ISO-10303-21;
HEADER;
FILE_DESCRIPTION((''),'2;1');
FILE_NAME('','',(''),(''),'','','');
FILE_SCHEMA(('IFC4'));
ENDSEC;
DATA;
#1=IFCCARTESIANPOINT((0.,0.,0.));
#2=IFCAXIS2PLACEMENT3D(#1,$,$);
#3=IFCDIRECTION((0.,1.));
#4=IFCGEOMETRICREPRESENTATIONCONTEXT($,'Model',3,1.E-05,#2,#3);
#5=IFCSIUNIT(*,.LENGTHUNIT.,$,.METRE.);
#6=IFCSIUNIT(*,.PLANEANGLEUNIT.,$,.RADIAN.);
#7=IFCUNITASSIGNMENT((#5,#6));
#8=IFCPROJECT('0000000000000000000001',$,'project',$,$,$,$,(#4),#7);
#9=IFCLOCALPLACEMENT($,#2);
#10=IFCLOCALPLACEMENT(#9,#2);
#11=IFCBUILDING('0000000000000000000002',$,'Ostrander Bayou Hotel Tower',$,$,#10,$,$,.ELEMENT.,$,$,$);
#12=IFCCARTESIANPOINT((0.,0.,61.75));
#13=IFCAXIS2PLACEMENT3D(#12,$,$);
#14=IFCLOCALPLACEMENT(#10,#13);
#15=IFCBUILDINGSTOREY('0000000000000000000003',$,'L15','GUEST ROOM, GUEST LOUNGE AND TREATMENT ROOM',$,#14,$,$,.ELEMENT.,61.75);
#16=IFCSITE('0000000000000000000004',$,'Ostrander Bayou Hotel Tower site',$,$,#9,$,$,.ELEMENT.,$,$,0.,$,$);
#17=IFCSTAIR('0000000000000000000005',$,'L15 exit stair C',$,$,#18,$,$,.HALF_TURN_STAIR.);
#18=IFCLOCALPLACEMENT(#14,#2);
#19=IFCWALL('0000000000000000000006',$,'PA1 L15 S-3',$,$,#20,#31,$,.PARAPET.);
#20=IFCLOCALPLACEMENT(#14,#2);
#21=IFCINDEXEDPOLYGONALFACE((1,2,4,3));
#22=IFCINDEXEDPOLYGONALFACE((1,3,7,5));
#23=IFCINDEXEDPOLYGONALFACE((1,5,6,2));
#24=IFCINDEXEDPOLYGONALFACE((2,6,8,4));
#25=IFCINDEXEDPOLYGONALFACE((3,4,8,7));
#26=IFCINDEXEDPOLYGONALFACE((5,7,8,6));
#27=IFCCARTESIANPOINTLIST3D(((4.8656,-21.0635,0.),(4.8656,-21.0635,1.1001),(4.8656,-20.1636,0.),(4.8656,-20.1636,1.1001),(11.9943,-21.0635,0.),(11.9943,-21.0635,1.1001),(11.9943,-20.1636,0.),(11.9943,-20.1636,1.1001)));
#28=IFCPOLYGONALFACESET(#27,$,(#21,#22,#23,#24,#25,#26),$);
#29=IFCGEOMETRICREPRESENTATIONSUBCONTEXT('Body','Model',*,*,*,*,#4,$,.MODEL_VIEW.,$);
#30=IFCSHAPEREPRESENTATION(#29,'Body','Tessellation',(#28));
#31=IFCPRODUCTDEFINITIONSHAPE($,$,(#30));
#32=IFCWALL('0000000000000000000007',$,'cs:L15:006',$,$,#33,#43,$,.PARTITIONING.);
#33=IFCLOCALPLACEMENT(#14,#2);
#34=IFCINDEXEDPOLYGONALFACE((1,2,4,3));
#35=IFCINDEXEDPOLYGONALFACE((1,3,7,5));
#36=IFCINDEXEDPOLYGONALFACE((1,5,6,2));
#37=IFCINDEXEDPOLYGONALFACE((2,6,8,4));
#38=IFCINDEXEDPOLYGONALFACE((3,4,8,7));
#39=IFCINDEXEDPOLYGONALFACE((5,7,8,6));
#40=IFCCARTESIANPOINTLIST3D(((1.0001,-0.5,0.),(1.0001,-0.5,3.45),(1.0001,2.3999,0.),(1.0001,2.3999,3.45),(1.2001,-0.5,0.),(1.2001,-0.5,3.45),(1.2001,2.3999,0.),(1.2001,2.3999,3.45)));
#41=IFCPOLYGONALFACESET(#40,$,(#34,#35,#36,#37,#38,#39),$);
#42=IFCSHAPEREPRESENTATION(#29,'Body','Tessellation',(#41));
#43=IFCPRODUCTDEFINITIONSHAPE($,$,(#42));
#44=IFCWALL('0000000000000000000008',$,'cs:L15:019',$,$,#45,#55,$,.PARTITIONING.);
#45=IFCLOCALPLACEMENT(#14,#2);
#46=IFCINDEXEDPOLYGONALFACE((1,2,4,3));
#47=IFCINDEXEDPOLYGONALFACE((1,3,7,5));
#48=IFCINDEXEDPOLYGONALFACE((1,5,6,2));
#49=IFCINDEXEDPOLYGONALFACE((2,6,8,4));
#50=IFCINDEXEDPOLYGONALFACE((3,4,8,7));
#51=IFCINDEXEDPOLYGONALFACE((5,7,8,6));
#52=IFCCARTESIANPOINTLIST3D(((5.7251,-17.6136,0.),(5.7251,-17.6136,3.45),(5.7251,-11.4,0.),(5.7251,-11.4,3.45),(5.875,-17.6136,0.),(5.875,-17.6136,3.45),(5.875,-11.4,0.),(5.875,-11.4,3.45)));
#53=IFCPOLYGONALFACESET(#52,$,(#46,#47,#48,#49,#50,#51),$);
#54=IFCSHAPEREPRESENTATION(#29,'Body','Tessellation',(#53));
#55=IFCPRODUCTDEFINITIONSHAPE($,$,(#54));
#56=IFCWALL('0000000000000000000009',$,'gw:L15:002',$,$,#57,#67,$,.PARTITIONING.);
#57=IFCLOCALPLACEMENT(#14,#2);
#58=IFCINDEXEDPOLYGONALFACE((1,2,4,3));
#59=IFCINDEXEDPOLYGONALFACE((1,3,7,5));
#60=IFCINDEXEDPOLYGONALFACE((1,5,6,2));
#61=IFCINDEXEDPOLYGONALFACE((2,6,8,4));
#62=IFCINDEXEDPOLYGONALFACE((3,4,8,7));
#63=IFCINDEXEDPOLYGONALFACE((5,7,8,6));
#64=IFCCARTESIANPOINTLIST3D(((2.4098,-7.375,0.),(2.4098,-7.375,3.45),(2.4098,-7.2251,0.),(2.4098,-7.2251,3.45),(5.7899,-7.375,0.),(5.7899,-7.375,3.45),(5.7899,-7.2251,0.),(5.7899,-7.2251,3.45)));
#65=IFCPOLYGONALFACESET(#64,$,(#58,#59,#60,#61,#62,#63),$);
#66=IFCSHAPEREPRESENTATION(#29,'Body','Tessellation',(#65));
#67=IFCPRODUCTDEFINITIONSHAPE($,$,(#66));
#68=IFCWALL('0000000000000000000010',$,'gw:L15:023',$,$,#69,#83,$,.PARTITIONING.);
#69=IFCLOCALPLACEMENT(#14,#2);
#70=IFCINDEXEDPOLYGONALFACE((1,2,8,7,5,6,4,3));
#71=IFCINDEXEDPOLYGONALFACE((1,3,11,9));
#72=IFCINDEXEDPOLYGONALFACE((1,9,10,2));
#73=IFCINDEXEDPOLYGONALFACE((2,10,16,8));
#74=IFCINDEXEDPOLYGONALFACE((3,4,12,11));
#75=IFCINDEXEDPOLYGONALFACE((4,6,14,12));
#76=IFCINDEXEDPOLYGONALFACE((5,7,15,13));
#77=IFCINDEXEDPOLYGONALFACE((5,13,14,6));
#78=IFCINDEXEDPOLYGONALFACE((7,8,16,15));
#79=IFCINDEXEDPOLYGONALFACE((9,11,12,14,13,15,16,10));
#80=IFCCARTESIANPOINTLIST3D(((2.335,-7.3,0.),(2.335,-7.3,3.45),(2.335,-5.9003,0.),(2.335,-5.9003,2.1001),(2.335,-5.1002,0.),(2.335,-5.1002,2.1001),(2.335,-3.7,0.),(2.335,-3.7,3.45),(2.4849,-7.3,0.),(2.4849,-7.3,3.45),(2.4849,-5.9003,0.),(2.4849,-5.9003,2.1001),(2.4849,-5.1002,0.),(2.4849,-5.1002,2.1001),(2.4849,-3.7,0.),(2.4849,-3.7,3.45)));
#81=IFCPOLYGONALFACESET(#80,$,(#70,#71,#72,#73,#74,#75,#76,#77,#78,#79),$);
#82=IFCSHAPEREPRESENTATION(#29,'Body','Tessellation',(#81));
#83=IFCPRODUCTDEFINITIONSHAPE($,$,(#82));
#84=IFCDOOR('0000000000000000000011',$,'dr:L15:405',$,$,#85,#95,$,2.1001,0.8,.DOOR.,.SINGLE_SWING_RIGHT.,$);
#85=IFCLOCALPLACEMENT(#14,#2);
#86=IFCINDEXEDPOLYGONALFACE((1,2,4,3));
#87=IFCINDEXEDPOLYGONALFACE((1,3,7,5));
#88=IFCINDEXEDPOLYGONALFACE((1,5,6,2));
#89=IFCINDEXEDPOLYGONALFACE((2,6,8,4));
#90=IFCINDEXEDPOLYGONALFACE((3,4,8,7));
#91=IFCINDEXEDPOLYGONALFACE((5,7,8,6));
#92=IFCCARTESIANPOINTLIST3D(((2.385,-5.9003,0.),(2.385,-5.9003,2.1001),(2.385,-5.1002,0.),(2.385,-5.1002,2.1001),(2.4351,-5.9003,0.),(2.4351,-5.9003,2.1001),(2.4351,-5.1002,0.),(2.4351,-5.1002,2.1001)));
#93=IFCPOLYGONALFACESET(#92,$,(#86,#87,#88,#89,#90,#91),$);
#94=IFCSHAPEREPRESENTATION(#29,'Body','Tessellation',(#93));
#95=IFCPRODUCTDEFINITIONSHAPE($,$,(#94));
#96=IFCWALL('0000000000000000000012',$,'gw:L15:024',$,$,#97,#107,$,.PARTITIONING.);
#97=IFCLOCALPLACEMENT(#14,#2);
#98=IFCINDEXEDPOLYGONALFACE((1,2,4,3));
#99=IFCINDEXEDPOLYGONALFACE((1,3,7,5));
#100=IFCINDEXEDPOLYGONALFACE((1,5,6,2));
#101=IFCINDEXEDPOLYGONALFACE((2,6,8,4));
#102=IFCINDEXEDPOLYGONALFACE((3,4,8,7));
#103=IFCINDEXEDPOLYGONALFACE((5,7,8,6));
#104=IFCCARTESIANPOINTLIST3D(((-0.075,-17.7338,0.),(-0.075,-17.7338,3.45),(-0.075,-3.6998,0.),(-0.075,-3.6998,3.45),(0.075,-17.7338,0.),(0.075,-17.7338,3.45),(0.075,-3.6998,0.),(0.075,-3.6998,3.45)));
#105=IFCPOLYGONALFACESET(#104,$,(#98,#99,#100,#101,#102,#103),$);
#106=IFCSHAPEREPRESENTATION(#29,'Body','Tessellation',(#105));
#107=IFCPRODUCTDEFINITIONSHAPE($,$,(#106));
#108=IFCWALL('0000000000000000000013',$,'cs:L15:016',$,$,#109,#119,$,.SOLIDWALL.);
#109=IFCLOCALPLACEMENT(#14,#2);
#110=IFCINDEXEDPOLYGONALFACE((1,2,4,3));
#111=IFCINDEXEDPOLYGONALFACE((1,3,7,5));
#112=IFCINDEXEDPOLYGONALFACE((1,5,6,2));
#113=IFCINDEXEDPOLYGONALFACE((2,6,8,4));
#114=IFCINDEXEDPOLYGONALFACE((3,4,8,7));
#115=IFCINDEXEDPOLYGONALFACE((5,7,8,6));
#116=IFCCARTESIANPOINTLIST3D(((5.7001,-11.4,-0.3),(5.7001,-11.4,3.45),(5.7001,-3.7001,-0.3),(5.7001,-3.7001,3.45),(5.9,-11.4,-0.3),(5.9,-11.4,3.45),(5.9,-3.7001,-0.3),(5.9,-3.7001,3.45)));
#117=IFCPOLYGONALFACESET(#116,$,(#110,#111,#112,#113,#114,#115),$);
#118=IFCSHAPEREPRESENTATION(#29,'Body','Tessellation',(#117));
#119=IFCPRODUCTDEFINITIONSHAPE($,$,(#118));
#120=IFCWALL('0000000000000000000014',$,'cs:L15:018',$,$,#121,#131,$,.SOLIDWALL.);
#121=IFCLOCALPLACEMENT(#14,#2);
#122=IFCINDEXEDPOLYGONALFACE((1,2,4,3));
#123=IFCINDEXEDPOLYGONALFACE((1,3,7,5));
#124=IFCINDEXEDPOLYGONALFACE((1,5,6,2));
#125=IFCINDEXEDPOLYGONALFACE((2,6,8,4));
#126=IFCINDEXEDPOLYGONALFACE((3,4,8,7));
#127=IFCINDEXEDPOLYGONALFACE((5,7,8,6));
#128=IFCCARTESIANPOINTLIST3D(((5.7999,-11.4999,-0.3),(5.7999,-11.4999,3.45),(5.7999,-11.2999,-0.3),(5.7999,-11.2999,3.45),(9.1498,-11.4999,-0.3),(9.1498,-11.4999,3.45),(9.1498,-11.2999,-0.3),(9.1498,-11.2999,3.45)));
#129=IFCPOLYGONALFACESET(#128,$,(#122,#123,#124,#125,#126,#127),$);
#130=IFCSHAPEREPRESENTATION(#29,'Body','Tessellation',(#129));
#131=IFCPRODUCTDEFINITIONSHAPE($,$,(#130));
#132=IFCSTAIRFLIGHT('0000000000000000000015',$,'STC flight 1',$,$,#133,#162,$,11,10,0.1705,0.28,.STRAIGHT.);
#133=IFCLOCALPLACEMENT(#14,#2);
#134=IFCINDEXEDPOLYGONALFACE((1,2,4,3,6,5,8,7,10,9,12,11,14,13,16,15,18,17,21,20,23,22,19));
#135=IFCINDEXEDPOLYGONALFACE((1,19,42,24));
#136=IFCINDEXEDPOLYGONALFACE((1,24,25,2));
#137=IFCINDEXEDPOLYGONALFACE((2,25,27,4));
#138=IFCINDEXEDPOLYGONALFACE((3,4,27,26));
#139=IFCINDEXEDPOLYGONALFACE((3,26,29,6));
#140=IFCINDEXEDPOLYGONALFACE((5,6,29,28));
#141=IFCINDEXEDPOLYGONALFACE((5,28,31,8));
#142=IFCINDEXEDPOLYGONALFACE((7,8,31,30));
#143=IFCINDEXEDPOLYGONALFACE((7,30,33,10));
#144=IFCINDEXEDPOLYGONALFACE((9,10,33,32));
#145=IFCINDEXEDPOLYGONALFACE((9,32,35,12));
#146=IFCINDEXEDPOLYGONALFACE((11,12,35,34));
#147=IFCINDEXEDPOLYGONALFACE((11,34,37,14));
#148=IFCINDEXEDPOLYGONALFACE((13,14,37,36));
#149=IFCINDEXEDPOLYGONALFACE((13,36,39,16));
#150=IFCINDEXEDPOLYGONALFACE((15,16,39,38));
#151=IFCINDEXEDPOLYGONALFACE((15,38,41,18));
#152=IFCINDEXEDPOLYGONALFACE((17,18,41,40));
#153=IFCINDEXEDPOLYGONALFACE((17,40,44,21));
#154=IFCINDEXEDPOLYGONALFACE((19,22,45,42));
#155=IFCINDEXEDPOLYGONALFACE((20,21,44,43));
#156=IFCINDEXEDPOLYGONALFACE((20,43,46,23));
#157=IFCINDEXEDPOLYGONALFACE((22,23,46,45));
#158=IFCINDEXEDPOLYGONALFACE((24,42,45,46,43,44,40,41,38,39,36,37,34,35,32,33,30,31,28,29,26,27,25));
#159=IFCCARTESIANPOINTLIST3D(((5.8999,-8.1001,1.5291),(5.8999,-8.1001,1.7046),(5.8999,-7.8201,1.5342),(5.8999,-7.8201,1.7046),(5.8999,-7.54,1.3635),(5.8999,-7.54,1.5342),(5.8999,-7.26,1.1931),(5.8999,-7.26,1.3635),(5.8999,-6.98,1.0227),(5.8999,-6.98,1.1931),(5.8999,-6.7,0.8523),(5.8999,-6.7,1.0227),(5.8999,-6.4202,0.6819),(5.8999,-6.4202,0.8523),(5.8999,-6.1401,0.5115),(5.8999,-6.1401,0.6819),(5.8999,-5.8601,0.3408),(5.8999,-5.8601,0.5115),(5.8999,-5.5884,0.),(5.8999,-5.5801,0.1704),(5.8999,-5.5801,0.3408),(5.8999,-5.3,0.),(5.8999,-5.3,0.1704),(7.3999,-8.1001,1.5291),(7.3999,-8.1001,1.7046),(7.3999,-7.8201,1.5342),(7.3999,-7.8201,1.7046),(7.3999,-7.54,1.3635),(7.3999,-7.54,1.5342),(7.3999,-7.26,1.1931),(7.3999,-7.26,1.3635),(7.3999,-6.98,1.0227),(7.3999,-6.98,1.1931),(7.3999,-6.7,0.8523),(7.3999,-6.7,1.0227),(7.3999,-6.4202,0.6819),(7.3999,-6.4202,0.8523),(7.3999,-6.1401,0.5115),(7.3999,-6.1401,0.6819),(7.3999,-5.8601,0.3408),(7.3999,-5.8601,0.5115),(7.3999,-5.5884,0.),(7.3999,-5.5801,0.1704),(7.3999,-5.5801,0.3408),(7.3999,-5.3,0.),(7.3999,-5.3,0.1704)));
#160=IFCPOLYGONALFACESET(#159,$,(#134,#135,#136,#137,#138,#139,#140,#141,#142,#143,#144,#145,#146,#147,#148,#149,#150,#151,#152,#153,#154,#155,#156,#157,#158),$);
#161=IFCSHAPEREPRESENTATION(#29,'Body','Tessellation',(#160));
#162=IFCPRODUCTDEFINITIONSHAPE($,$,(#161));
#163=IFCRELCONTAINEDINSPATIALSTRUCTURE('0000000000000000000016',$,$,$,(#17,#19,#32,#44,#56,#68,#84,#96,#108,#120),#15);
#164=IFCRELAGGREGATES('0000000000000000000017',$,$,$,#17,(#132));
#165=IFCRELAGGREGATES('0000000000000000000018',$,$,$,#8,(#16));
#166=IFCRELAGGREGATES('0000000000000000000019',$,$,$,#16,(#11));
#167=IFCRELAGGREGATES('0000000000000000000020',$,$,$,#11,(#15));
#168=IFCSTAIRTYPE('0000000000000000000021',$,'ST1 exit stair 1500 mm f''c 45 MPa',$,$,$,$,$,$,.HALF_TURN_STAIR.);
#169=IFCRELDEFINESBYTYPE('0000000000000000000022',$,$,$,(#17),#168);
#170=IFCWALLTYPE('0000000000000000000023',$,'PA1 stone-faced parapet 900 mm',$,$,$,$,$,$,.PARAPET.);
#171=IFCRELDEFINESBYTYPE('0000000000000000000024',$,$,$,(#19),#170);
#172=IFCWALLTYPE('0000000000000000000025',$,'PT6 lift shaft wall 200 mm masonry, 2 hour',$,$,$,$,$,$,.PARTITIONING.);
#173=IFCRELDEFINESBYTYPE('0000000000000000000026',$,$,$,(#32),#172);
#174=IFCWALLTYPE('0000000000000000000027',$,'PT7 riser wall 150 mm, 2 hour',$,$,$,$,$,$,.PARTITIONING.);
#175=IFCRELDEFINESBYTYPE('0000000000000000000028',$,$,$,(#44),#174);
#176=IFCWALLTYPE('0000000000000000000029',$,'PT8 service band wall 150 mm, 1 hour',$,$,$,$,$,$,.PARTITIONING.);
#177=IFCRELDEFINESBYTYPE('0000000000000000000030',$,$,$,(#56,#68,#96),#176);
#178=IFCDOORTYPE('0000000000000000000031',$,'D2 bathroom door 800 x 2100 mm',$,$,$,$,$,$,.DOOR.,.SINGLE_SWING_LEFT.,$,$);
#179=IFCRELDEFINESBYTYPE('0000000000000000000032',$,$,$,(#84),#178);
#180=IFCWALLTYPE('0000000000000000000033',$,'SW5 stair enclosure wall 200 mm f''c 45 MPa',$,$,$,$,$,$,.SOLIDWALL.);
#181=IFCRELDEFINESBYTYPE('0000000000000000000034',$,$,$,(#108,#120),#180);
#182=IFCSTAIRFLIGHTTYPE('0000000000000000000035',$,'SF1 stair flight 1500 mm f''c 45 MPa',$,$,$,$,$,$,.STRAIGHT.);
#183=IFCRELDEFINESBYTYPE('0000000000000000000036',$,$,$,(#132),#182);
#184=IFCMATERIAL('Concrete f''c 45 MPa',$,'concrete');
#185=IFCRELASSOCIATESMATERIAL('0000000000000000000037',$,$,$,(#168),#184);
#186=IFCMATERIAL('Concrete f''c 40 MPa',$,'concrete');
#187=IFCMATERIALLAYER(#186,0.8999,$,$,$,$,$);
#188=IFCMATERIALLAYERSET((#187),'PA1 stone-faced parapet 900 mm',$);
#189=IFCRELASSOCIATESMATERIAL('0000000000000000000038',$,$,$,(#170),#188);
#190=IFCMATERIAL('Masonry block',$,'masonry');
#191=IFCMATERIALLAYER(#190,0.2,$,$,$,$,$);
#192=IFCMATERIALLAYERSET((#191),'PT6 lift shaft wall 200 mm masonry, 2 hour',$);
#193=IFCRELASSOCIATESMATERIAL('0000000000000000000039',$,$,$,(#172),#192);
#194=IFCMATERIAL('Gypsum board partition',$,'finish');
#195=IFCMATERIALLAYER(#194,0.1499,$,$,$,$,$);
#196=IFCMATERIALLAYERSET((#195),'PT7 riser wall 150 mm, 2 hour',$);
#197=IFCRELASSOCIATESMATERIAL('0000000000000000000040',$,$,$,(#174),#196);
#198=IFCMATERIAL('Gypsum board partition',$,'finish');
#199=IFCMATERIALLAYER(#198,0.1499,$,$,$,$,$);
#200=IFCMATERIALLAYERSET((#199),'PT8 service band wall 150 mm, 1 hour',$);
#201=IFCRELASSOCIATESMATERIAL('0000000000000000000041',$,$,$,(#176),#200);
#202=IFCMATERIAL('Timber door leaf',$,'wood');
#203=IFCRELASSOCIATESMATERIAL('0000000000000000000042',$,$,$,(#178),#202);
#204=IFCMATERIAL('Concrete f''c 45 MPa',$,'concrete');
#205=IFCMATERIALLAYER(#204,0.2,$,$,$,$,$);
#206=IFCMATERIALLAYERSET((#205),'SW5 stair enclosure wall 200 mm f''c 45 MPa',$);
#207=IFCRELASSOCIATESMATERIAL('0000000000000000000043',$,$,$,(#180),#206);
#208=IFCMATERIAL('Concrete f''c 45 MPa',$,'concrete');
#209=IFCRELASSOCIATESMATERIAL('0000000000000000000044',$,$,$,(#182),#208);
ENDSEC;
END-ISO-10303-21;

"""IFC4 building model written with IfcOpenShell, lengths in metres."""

from ifc_helpers import new_model, si_unit, direction, frame, frame_2d, origin, place, context, subcontext, project, spatial, polyline, rectangle, outline, extrude, material, layer, layer_set, type_object, element, fill, aggregate, save


model = new_model("IFC4")

# Units and contexts
model_context = context("Model", 3, precision=1e-05, world=origin(), true_north=direction((0.0, 1.0)))
body_context = subcontext(model_context, "Body", "Model", "MODEL_VIEW")
ifc_project = project(units=[si_unit("LENGTHUNIT", "METRE"), si_unit("PLANEANGLEUNIT", "RADIAN")], contexts=[model_context])

# Site, building, storey
site_placement = place(None, origin())
site = spatial("IfcSite", under=ifc_project, at=site_placement, Name="Ostrander Bayou Hotel Tower site", CompositionType="ELEMENT", RefElevation=0.0)
building_placement = place(site_placement, origin())
building = spatial("IfcBuilding", under=site, at=building_placement, Name="Ostrander Bayou Hotel Tower", CompositionType="ELEMENT")
storey_placement = place(building_placement, frame((0.0, 0.0, 61.75)))
storey = spatial("IfcBuildingStorey", under=building, at=storey_placement, Name="L15", Description="GUEST ROOM, GUEST LOUNGE AND TREATMENT ROOM", CompositionType="ELEMENT", Elevation=61.75)

# Stair
ifc_material_1 = material(Name="Concrete f'c 45 MPa", Category="concrete")
stair_type = type_object("IfcStairType", Name="ST1 exit stair 1500 mm f'c 45 MPa", PredefinedType="HALF_TURN_STAIR", material=ifc_material_1)
stair_1_placement = place(storey_placement, origin())
stair_1 = element("IfcStair", 1, at=stair_1_placement, inside=storey, type_object=stair_type, Name="L15 exit stair C", PredefinedType="HALF_TURN_STAIR")

# Walls
ifc_material_2 = material(Name="Concrete f'c 40 MPa", Category="concrete")
ifc_layer_1 = layer(ifc_material_2, 0.8999)
ifc_layer_set_1 = layer_set([ifc_layer_1], Name="PA1 stone-faced parapet 900 mm")
wall_type_1 = type_object("IfcWallType", Name="PA1 stone-faced parapet 900 mm", PredefinedType="PARAPET", material=ifc_layer_set_1)
wall_1_placement = place(storey_placement, frame((4.8655, -20.6135, 0.0), z_axis=(0.0, 0.0, 1.0), x_axis=(1.0, 0.0, 0.0)))
element("IfcWall", 2, at=wall_1_placement, inside=storey, type_object=wall_type_1, Name="PA1 L15 S-3", PredefinedType="PARAPET", context=body_context, shape_type="SweptSolid", body=[
    extrude(rectangle(XDim=7.1287, YDim=0.8999, at=frame_2d((3.5645, 0.0))), origin(), (0.0, 0.0, 1.0), 1.1001),
])
ifc_material_3 = material(Name="Masonry block", Category="masonry")
ifc_layer_2 = layer(ifc_material_3, 0.2)
ifc_layer_set_2 = layer_set([ifc_layer_2], Name="PT6 lift shaft wall 200 mm masonry, 2 hour")
wall_type_2 = type_object("IfcWallType", Name="PT6 lift shaft wall 200 mm masonry, 2 hour", PredefinedType="PARTITIONING", material=ifc_layer_set_2)
wall_2_placement = place(storey_placement, frame((1.1001, -0.5, 0.0), z_axis=(0.0, 0.0, 1.0), x_axis=(0.0, 1.0, 0.0)))
element("IfcWall", 3, at=wall_2_placement, inside=storey, type_object=wall_type_2, Name="cs:L15:006", PredefinedType="PARTITIONING", context=body_context, shape_type="SweptSolid", body=[
    extrude(rectangle(XDim=2.8999, YDim=0.2, at=frame_2d((1.45, 0.0))), origin(), (0.0, 0.0, 1.0), 3.45),
])
ifc_material_4 = material(Name="Gypsum board partition", Category="finish")
ifc_layer_3 = layer(ifc_material_4, 0.1499)
ifc_layer_set_3 = layer_set([ifc_layer_3], Name="PT7 riser wall 150 mm, 2 hour")
wall_type_3 = type_object("IfcWallType", Name="PT7 riser wall 150 mm, 2 hour", PredefinedType="PARTITIONING", material=ifc_layer_set_3)
wall_3_placement = place(storey_placement, frame((5.8, -11.3999, 0.0), z_axis=(0.0, 0.0, 1.0), x_axis=(0.0, -1.0, 0.0)))
element("IfcWall", 4, at=wall_3_placement, inside=storey, type_object=wall_type_3, Name="cs:L15:019", PredefinedType="PARTITIONING", context=body_context, shape_type="SweptSolid", body=[
    extrude(rectangle(XDim=6.2136, YDim=0.1499, at=frame_2d((3.1069, 0.0))), origin(), (0.0, 0.0, 1.0), 3.45),
])
ifc_material_5 = material(Name="Gypsum board partition", Category="finish")
ifc_layer_4 = layer(ifc_material_5, 0.1499)
ifc_layer_set_4 = layer_set([ifc_layer_4], Name="PT8 service band wall 150 mm, 1 hour")
wall_type_4 = type_object("IfcWallType", Name="PT8 service band wall 150 mm, 1 hour", PredefinedType="PARTITIONING", material=ifc_layer_set_4)
wall_4_placement = place(storey_placement, frame((2.4099, -7.3, 0.0), z_axis=(0.0, 0.0, 1.0), x_axis=(1.0, 0.0, 0.0)))
element("IfcWall", 5, at=wall_4_placement, inside=storey, type_object=wall_type_4, Name="gw:L15:002", PredefinedType="PARTITIONING", context=body_context, shape_type="SweptSolid", body=[
    extrude(rectangle(XDim=3.3801, YDim=0.1499, at=frame_2d((1.6899, 0.0))), origin(), (0.0, 0.0, 1.0), 3.45),
])

# Wall, opening, door
wall_5_placement = place(storey_placement, frame((2.4099, -7.3, 0.0), z_axis=(0.0, 0.0, 1.0), x_axis=(0.0, 1.0, 0.0)))
wall_5 = element("IfcWall", 6, at=wall_5_placement, inside=storey, type_object=wall_type_4, Name="gw:L15:023", PredefinedType="PARTITIONING", context=body_context, shape_type="SweptSolid", body=[
    extrude(rectangle(XDim=3.6001, YDim=0.1499, at=frame_2d((1.8, 0.0))), origin(), (0.0, 0.0, 1.0), 3.45),
])
opening_1_placement = place(wall_5_placement, frame((1.3999, 0.0, 0.0)))
opening_1 = element("IfcOpeningElement", 7, at=opening_1_placement, cuts=wall_5, PredefinedType="OPENING", context=body_context, shape_type="SweptSolid", body=[
    extrude(rectangle(XDim=0.8, YDim=2.1001, at=frame_2d((0.3999, 1.05))), frame((0.0, 0.075, 0.0), z_axis=(0.0, -1.0, 0.0), x_axis=(1.0, 0.0, 0.0)), (0.0, 0.0, 1.0), 0.1499),
])
ifc_material_6 = material(Name="Timber door leaf", Category="wood")
door_type_1 = type_object("IfcDoorType", Name="D2 bathroom door 800 x 2100 mm", OperationType="SINGLE_SWING_LEFT", PredefinedType="DOOR", material=ifc_material_6)
door_1_placement = place(opening_1_placement, origin())
door_1 = element("IfcDoor", 8, at=door_1_placement, inside=storey, type_object=door_type_1, Name="dr:L15:405", OperationType="SINGLE_SWING_RIGHT", OverallHeight=2.1001, OverallWidth=0.8, PredefinedType="DOOR", context=body_context, shape_type="SweptSolid", body=[
    extrude(rectangle(XDim=0.8, YDim=2.1001, at=frame_2d((0.3999, 1.05))), frame((0.0, 0.0249, 0.0), z_axis=(0.0, -1.0, 0.0), x_axis=(1.0, 0.0, 0.0)), (0.0, 0.0, 1.0), 0.05),
])
fill(opening_1, door_1)

# Wall
wall_6_placement = place(storey_placement, frame((0.0, -17.7339, 0.0), z_axis=(0.0, 0.0, 1.0), x_axis=(0.0, 1.0, 0.0)))
element("IfcWall", 9, at=wall_6_placement, inside=storey, type_object=wall_type_4, Name="gw:L15:024", PredefinedType="PARTITIONING", context=body_context, shape_type="SweptSolid", body=[
    extrude(rectangle(XDim=14.0339, YDim=0.1499, at=frame_2d((7.0171, 0.0))), origin(), (0.0, 0.0, 1.0), 3.45),
])

# Shared definitions
ifc_material_7 = material(Name="Concrete f'c 45 MPa", Category="concrete")
ifc_layer_5 = layer(ifc_material_7, 0.2)
ifc_layer_set_5 = layer_set([ifc_layer_5], Name="SW5 stair enclosure wall 200 mm f'c 45 MPa")
wall_type_5 = type_object("IfcWallType", Name="SW5 stair enclosure wall 200 mm f'c 45 MPa", PredefinedType="SOLIDWALL", material=ifc_layer_set_5)

# Walls
wall_7_placement = place(storey_placement, frame((5.8, -3.7, -0.3), z_axis=(0.0, 0.0, 1.0), x_axis=(0.0, -1.0, 0.0)))
element("IfcWall", 10, at=wall_7_placement, inside=storey, type_object=wall_type_5, Name="cs:L15:016", PredefinedType="SOLIDWALL", context=body_context, shape_type="SweptSolid", body=[
    extrude(rectangle(XDim=7.7, YDim=0.2, at=frame_2d((3.8501, 0.0))), origin(), (0.0, 0.0, 1.0), 3.75),
])
wall_8_placement = place(storey_placement, frame((5.8, -11.3999, -0.3), z_axis=(0.0, 0.0, 1.0), x_axis=(1.0, 0.0, 0.0)))
element("IfcWall", 11, at=wall_8_placement, inside=storey, type_object=wall_type_5, Name="cs:L15:018", PredefinedType="SOLIDWALL", context=body_context, shape_type="SweptSolid", body=[
    extrude(rectangle(XDim=3.3499, YDim=0.2, at=frame_2d((1.6748, 0.0))), origin(), (0.0, 0.0, 1.0), 3.75),
])

# Stair flight
ifc_material_8 = material(Name="Concrete f'c 45 MPa", Category="concrete")
stair_flight_type = type_object("IfcStairFlightType", Name="SF1 stair flight 1500 mm f'c 45 MPa", PredefinedType="STRAIGHT", material=ifc_material_8)
stair_flight_placement = place(storey_placement, frame((6.6499, -5.3, 0.0), z_axis=(0.0, 0.0, 1.0), x_axis=(0.0, -1.0, 0.0)))
stair_flight = element("IfcStairFlight", 12, at=stair_flight_placement, type_object=stair_flight_type, Name="STC flight 1", NumberOfRisers=11, NumberOfTreads=10, PredefinedType="STRAIGHT", RiserHeight=0.1705, TreadLength=0.28, context=body_context, shape_type="SweptSolid", body=[
    extrude(outline(polyline([(0.0, 0.0), (0.0, 0.1704), (0.28, 0.1704), (0.28, 0.3408), (0.5601, 0.3408), (0.5601, 0.5115), (0.8401, 0.5115), (0.8401, 0.6819), (1.1201, 0.6819), (1.1201, 0.8523), (1.3999, 0.8523), (1.3999, 1.0227), (1.6799, 1.0227), (1.6799, 1.1931), (1.96, 1.1931), (1.96, 1.3635), (2.24, 1.3635), (2.24, 1.5342), (2.52, 1.5342), (2.52, 1.7046), (2.8, 1.7046), (2.8, 1.875), (2.8, 1.5291), (0.2883, 0.0), (0.0, 0.0)])), frame((0.0, 0.75, 0.0), z_axis=(0.0, -1.0, 0.0), x_axis=(1.0, 0.0, 0.0)), (0.0, 0.0, 1.0), 1.5),
])
aggregate(stair_1, [stair_flight])

save(model, "model.ifc")
